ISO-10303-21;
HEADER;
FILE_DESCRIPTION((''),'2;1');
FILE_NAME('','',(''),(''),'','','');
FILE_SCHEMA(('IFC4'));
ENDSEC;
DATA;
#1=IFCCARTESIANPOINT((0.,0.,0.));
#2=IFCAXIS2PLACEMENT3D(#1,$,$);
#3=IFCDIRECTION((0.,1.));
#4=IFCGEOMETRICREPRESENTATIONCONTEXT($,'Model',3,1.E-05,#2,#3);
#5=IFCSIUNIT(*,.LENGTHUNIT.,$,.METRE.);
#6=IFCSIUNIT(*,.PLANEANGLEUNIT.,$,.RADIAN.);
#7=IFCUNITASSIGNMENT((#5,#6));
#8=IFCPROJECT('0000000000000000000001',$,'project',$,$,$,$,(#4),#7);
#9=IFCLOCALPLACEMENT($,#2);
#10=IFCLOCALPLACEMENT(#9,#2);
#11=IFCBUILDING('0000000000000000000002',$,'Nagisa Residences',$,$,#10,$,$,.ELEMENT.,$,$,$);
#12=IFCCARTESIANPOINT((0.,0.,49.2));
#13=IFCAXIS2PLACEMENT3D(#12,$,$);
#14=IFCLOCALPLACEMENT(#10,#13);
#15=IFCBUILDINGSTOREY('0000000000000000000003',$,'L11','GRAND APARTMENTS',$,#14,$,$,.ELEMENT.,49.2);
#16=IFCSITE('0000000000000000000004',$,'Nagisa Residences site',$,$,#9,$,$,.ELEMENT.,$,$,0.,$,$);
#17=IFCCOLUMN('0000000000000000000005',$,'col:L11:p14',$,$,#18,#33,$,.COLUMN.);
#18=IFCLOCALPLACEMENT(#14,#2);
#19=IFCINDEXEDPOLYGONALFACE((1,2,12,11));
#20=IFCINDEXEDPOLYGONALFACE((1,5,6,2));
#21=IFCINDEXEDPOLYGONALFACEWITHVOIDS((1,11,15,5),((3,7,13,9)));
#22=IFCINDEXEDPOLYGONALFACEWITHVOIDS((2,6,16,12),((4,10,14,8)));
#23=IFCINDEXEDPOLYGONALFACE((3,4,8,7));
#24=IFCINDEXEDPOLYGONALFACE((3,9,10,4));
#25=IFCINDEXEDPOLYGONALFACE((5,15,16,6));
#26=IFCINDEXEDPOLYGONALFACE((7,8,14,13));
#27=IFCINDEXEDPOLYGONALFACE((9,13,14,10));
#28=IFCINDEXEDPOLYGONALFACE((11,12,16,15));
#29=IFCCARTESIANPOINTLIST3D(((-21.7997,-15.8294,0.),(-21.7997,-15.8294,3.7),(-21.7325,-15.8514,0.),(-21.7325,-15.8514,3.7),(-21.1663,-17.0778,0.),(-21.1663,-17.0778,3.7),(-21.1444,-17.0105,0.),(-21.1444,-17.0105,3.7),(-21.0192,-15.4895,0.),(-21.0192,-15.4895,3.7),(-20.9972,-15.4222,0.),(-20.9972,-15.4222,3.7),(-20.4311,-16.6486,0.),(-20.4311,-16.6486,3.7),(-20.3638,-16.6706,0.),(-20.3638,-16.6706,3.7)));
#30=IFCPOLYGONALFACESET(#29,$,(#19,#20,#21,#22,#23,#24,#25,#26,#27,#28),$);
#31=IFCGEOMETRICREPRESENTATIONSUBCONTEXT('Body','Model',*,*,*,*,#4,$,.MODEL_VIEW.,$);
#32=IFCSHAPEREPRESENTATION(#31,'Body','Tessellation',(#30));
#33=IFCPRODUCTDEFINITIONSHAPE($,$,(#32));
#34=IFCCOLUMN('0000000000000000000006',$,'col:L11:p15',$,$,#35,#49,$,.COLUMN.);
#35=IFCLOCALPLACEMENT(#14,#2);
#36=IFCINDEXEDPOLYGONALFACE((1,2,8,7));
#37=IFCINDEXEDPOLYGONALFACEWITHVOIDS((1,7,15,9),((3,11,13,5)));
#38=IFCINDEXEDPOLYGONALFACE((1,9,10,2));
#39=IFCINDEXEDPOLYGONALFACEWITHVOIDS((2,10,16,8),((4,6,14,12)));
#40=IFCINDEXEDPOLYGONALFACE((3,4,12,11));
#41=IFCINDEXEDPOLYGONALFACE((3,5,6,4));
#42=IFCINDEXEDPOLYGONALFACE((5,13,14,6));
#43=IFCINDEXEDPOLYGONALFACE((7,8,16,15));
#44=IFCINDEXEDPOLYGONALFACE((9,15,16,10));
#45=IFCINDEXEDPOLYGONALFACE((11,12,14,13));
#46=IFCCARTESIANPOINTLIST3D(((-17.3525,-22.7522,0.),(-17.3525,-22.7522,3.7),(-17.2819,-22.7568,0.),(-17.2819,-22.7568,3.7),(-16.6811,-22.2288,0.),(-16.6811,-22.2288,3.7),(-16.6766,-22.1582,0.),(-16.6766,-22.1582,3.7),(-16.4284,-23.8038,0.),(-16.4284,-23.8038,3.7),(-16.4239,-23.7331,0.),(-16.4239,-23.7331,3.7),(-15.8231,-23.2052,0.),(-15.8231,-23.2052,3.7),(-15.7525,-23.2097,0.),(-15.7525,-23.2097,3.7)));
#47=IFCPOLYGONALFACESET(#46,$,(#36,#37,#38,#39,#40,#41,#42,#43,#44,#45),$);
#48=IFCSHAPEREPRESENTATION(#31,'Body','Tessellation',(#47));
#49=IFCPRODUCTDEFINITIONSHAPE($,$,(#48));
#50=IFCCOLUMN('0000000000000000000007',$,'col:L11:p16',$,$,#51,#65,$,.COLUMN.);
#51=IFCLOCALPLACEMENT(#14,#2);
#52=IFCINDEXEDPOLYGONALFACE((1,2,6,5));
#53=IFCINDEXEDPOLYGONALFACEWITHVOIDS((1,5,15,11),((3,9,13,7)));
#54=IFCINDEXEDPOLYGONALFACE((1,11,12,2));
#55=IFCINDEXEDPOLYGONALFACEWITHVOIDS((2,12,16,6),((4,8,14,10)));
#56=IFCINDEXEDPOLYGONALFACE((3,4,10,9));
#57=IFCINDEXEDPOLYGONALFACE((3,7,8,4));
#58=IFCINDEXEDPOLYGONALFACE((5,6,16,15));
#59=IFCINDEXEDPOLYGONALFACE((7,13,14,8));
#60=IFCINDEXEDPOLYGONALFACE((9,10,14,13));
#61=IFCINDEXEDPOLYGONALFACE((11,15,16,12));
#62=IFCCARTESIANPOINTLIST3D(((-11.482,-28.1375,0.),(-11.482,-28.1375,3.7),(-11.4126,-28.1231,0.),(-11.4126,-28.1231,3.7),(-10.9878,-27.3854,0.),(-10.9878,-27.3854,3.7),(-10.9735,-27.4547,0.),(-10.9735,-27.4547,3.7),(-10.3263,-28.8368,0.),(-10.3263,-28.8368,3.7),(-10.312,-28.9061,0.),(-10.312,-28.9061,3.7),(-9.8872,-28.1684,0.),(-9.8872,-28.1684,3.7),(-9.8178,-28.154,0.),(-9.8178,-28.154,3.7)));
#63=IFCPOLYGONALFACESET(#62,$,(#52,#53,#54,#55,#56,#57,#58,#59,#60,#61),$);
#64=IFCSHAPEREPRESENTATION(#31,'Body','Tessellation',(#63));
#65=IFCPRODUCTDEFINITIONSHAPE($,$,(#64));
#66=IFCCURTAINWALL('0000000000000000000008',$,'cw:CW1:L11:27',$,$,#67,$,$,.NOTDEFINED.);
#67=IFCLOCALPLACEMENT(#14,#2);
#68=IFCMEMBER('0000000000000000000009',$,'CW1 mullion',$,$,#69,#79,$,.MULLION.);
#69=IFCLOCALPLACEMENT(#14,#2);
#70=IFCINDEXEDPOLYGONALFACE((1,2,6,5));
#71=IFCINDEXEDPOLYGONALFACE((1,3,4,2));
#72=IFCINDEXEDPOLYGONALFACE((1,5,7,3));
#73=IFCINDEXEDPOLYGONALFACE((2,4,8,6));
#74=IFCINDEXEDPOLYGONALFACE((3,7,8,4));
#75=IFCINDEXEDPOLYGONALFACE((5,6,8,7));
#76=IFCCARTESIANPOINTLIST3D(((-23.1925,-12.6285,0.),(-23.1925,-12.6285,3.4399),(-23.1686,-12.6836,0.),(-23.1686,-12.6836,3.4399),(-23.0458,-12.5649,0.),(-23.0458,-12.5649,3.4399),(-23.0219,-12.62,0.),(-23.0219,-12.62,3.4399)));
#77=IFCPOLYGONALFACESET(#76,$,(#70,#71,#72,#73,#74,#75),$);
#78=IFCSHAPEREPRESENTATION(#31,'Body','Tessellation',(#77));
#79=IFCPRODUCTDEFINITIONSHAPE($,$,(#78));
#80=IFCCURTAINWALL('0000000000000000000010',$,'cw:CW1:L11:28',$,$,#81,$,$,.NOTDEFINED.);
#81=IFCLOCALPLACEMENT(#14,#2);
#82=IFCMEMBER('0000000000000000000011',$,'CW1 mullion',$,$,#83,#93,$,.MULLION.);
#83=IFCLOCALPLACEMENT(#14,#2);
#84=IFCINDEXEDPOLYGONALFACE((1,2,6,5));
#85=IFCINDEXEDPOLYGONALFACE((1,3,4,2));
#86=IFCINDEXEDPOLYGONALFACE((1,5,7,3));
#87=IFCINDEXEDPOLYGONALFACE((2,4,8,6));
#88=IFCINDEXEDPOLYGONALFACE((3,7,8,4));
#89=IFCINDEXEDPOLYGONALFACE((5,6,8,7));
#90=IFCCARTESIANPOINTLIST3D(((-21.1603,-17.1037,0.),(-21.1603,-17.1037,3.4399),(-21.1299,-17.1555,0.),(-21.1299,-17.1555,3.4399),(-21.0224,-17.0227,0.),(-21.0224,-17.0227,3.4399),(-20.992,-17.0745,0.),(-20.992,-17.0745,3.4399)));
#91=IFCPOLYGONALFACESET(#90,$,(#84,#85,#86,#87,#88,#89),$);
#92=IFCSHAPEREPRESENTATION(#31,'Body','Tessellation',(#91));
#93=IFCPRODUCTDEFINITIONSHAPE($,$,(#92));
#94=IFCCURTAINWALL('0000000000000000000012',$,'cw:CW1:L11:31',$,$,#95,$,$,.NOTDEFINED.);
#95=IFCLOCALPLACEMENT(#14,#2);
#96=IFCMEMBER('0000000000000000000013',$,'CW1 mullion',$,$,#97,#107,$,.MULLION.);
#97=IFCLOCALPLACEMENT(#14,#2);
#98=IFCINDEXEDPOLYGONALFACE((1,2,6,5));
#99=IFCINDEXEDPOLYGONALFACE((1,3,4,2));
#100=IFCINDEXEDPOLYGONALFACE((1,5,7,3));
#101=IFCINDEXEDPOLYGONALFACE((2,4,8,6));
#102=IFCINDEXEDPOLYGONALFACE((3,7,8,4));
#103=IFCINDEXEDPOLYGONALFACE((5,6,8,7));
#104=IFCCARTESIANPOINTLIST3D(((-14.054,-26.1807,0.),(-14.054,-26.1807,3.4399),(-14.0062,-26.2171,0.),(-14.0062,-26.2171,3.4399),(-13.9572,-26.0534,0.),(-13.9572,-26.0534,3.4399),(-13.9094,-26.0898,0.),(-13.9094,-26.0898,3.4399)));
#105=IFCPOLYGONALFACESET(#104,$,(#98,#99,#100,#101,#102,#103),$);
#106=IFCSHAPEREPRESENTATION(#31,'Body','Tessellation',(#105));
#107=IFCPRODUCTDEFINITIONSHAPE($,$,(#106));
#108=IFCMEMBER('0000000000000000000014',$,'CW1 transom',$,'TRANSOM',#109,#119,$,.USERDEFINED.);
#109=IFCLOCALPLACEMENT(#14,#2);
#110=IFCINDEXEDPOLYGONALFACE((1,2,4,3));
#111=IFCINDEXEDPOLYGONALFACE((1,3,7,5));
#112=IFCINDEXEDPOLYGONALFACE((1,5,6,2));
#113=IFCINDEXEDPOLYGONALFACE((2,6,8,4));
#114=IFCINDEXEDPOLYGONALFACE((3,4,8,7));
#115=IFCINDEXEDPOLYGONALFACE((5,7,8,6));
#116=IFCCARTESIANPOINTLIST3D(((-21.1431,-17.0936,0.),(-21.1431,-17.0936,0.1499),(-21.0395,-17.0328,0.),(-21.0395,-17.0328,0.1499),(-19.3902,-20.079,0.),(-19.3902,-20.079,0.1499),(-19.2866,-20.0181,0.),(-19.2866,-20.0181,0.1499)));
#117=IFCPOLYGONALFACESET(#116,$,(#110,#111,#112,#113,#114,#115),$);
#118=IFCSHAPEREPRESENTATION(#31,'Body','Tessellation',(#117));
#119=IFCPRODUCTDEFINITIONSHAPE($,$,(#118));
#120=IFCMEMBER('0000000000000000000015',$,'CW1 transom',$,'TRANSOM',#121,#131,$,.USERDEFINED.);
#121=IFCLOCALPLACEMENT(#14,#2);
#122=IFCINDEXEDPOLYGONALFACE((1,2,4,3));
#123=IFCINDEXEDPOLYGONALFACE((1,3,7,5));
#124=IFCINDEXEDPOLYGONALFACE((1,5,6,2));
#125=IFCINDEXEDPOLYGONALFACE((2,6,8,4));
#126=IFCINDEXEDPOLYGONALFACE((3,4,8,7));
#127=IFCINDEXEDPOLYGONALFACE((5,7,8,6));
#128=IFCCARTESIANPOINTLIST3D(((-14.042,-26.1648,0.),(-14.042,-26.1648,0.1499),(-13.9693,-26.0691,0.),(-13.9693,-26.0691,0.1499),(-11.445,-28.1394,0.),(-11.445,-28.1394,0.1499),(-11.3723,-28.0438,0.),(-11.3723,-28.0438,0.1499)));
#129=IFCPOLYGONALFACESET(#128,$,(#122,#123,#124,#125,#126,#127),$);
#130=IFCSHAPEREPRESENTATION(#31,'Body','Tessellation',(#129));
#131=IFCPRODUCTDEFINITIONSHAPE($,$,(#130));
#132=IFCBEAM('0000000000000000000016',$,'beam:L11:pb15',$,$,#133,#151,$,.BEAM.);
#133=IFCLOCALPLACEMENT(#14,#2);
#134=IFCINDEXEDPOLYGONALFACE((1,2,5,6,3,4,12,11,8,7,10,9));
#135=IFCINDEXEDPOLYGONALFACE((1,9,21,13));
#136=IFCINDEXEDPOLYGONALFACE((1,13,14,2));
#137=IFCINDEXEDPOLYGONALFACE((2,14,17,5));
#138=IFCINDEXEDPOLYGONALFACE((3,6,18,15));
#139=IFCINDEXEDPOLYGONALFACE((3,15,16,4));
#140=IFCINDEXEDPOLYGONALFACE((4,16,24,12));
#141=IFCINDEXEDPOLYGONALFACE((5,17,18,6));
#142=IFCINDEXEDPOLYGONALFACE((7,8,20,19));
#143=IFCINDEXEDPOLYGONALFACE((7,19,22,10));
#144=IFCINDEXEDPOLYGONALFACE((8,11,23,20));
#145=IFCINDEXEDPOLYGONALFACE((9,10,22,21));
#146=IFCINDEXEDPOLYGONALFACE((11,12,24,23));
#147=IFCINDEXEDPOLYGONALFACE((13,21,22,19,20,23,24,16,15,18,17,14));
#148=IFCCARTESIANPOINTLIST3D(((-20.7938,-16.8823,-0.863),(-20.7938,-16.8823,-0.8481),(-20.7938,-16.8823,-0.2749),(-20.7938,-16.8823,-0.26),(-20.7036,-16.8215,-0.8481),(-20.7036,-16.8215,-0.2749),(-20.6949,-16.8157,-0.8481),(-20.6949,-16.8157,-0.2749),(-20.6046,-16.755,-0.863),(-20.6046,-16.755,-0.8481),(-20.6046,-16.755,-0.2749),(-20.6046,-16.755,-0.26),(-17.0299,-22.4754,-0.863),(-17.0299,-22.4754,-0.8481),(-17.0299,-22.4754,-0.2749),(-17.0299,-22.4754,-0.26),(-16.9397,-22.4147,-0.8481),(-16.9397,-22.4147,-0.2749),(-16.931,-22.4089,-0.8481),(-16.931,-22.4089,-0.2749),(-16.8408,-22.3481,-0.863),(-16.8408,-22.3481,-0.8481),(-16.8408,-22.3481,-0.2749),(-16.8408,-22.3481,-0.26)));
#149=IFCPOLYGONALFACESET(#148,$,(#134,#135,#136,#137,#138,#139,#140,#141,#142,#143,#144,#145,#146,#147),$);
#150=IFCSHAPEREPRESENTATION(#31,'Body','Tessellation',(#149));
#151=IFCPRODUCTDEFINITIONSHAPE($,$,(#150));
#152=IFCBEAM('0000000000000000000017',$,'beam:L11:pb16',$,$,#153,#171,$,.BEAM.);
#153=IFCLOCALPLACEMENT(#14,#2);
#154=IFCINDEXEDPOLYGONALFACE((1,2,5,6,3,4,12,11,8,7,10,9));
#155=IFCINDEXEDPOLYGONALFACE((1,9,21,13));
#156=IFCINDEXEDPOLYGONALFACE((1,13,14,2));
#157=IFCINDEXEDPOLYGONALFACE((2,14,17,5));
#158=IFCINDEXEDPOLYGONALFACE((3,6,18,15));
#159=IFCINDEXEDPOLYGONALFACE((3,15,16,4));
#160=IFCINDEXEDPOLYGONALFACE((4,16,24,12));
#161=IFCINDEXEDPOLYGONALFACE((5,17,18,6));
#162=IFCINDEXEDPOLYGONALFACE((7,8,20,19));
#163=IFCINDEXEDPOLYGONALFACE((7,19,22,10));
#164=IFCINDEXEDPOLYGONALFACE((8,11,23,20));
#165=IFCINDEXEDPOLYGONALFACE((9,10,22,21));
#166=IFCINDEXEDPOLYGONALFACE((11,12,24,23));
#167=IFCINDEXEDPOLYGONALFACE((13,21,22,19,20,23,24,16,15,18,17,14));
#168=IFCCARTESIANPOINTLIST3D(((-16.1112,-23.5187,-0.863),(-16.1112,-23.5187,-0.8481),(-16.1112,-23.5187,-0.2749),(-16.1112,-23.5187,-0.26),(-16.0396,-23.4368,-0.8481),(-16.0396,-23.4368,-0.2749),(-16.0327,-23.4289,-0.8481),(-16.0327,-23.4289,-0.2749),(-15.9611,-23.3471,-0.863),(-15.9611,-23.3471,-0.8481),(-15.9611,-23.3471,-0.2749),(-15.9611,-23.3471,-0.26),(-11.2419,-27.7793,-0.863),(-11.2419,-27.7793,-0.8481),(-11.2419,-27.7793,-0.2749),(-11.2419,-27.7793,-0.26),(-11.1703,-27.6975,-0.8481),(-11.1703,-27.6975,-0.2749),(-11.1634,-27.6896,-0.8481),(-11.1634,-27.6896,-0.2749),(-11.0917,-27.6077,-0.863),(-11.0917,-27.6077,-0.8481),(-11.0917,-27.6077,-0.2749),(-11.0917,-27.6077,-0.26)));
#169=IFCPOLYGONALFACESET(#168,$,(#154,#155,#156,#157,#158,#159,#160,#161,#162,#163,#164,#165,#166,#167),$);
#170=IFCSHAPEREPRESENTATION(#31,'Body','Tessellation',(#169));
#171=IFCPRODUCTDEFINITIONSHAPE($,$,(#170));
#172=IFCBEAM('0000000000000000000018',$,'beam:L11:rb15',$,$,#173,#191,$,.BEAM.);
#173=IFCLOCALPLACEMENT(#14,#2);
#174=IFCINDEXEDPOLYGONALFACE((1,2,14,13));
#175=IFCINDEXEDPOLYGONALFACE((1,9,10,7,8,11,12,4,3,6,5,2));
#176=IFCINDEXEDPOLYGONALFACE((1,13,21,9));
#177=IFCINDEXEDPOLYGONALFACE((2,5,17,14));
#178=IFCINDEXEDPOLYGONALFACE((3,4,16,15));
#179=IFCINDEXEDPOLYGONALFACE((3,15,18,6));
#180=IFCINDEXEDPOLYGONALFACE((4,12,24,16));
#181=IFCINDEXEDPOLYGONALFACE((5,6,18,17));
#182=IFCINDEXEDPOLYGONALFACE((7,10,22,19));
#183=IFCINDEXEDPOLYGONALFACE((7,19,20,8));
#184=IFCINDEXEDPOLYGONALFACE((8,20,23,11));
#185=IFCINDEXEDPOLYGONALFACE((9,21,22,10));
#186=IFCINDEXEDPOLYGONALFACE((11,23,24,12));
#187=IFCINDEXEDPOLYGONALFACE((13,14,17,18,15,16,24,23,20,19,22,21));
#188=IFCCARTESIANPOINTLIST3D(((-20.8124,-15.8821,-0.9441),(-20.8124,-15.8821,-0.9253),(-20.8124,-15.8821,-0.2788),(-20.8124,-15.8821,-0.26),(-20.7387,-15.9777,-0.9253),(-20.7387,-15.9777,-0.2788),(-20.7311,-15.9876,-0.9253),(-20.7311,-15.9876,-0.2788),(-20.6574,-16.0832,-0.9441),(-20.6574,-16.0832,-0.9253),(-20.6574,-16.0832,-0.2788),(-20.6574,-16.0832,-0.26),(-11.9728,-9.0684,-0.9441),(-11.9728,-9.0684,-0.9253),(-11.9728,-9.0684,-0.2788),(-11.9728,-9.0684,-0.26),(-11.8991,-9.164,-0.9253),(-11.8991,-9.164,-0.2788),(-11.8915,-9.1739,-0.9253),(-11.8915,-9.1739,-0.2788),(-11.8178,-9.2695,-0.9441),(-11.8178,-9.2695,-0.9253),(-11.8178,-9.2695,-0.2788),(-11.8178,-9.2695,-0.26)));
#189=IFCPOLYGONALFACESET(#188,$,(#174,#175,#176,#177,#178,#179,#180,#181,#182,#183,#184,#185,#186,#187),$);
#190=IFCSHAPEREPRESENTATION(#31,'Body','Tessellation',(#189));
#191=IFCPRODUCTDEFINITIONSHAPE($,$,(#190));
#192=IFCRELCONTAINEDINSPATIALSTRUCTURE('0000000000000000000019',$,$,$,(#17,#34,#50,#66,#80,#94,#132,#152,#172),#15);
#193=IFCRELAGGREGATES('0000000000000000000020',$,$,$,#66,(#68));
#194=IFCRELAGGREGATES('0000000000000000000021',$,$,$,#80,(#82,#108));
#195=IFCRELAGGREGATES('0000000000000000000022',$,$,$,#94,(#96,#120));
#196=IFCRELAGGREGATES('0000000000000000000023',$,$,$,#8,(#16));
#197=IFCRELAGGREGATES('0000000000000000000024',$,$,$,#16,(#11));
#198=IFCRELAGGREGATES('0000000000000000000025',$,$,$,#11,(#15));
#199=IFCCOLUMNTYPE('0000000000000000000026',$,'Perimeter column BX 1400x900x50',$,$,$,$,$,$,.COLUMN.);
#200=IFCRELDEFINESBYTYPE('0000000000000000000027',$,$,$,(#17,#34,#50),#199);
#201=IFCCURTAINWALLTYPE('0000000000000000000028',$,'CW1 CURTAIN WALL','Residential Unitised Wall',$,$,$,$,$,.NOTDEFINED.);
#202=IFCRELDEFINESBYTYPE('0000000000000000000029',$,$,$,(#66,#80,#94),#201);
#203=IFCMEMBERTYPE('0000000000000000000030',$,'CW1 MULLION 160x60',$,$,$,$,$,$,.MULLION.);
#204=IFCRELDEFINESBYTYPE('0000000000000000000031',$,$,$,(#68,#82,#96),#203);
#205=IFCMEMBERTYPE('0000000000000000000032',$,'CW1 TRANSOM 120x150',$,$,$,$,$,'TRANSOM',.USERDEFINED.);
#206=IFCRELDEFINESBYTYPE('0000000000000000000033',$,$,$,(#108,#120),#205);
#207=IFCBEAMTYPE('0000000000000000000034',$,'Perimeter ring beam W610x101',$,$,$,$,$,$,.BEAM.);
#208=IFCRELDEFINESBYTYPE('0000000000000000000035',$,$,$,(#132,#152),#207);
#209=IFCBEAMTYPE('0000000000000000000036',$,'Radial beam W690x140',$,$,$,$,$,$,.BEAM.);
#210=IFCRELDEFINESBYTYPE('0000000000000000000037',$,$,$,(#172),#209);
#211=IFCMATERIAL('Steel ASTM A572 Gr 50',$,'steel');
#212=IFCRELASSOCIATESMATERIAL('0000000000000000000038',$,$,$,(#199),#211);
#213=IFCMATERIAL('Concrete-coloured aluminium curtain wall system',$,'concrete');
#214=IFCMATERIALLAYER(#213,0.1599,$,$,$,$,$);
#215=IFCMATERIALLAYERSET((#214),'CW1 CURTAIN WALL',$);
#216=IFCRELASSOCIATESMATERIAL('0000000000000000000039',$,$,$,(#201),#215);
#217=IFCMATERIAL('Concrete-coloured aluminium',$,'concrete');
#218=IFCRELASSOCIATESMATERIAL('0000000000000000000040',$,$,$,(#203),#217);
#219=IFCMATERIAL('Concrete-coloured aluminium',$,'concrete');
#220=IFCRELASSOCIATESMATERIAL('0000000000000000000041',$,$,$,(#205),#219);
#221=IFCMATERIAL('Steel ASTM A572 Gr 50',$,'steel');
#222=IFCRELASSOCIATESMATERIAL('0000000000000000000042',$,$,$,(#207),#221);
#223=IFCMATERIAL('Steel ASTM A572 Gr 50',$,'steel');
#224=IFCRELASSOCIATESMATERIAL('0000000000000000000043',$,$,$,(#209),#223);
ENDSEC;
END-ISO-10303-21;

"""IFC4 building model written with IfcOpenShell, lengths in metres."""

from ifc_helpers import new_model, si_unit, direction, frame, origin, origin_2d, place, context, subcontext, project, spatial, rectangle, hollow_rectangle, i_section, extrude, material, layer, layer_set, material_profile, profile_set, type_object, element, aggregate, save


model = new_model("IFC4")

# Units and contexts
model_context = context("Model", 3, precision=1e-05, world=origin(), true_north=direction((0.0, 1.0)))
body_context = subcontext(model_context, "Body", "Model", "MODEL_VIEW")
ifc_project = project(units=[si_unit("LENGTHUNIT", "METRE"), si_unit("PLANEANGLEUNIT", "RADIAN")], contexts=[model_context])

# Site, building, storey
site_placement = place(None, origin())
site = spatial("IfcSite", under=ifc_project, at=site_placement, Name="Nagisa Residences site", CompositionType="ELEMENT", RefElevation=0.0)
building_placement = place(site_placement, origin())
building = spatial("IfcBuilding", under=site, at=building_placement, Name="Nagisa Residences", CompositionType="ELEMENT")
storey_placement = place(building_placement, frame((0.0, 0.0, 49.2)))
storey = spatial("IfcBuildingStorey", under=building, at=storey_placement, Name="L11", Description="GRAND APARTMENTS", CompositionType="ELEMENT", Elevation=49.2)

# Columns
ifc_material_1 = material(Name="Steel ASTM A572 Gr 50", Category="steel")
ifc_material_profile_1 = material_profile(ifc_material_1, hollow_rectangle(XDim=1.3999, YDim=0.8999, WallThickness=0.05, at=origin_2d()), Name="BX 1400x900x50")
ifc_profile_set_1 = profile_set([ifc_material_profile_1], Name="Steel ASTM A572 Gr 50")
column_type = type_object("IfcColumnType", Name="Perimeter column BX 1400x900x50", PredefinedType="COLUMN", material=ifc_profile_set_1)
for number, where, z_axis, x_axis, name in (
    (1, (-21.0818, -16.25, 0.0), (0.0, 0.0, 1.0), (0.452463, -0.891783, 0.0), "col:L11:p14"),
    (2, (-16.5525, -22.981, 0.0), (0.0, 0.0, 1.0), (0.660115, -0.751165, 0.0), "col:L11:p15"),
    (3, (-10.6499, -28.1458, 0.0), (0.0, 0.0, 1.0), (0.835766, -0.549086, 0.0), "col:L11:p16"),
):
    element("IfcColumn", number, at=place(storey_placement, frame(where, z_axis=z_axis, x_axis=x_axis)), inside=storey, type_object=column_type, Name=name, PredefinedType="COLUMN", context=body_context, shape_type="SweptSolid", body=[
        extrude(hollow_rectangle(XDim=1.3999, YDim=0.8999, WallThickness=0.05, at=origin_2d()), origin(), (0.0, 0.0, 1.0), 3.7),
    ])

# Curtain walls, members
ifc_material_2 = material(Name="Concrete-coloured aluminium curtain wall system", Category="concrete")
ifc_layer_1 = layer(ifc_material_2, 0.1599)
ifc_layer_set_1 = layer_set([ifc_layer_1], Name="CW1 CURTAIN WALL")
curtain_wall_type = type_object("IfcCurtainWallType", Name="CW1 CURTAIN WALL", Description="Residential Unitised Wall", PredefinedType="NOTDEFINED", material=ifc_layer_set_1)
curtain_wall_1_placement = place(storey_placement, origin())
curtain_wall_1 = element("IfcCurtainWall", 4, at=curtain_wall_1_placement, inside=storey, type_object=curtain_wall_type, Name="cw:CW1:L11:27", PredefinedType="NOTDEFINED")
ifc_material_3 = material(Name="Concrete-coloured aluminium", Category="concrete")
ifc_material_profile_2 = material_profile(ifc_material_3, rectangle(XDim=0.1599, YDim=0.0601, at=origin_2d()), Name="CW1 MULLION 160x60")
ifc_profile_set_2 = profile_set([ifc_material_profile_2], Name="Concrete-coloured aluminium")
member_type_1 = type_object("IfcMemberType", Name="CW1 MULLION 160x60", PredefinedType="MULLION", material=ifc_profile_set_2)
member_1_placement = place(storey_placement, frame((-23.1072, -12.6243, 0.0), z_axis=(0.0, 0.0, 1.0), x_axis=(0.917543, 0.397636, 0.0)))
member_1 = element("IfcMember", 5, at=member_1_placement, type_object=member_type_1, Name="CW1 mullion", PredefinedType="MULLION", context=body_context, shape_type="SweptSolid", body=[
    extrude(rectangle(XDim=0.1599, YDim=0.0601, at=origin_2d()), origin(), (0.0, 0.0, 1.0), 3.4399),
])
curtain_wall_2_placement = place(storey_placement, origin())
curtain_wall_2 = element("IfcCurtainWall", 6, at=curtain_wall_2_placement, inside=storey, type_object=curtain_wall_type, Name="cw:CW1:L11:28", PredefinedType="NOTDEFINED")
member_2_placement = place(storey_placement, frame((-21.0762, -17.0891, 0.0), z_axis=(0.0, 0.0, 1.0), x_axis=(0.862329, 0.506349, 0.0)))
member_2 = element("IfcMember", 7, at=member_2_placement, type_object=member_type_1, Name="CW1 mullion", PredefinedType="MULLION", context=body_context, shape_type="SweptSolid", body=[
    extrude(rectangle(XDim=0.1599, YDim=0.0601, at=origin_2d()), origin(), (0.0, 0.0, 1.0), 3.4399),
])
curtain_wall_3_placement = place(storey_placement, origin())
curtain_wall_3 = element("IfcCurtainWall", 8, at=curtain_wall_3_placement, inside=storey, type_object=curtain_wall_type, Name="cw:CW1:L11:31", PredefinedType="NOTDEFINED")
member_3_placement = place(storey_placement, frame((-13.9817, -26.1353, 0.0), z_axis=(0.0, 0.0, 1.0), x_axis=(0.605255, 0.796031, 0.0)))
member_3 = element("IfcMember", 9, at=member_3_placement, type_object=member_type_1, Name="CW1 mullion", PredefinedType="MULLION", context=body_context, shape_type="SweptSolid", body=[
    extrude(rectangle(XDim=0.1599, YDim=0.0601, at=origin_2d()), origin(), (0.0, 0.0, 1.0), 3.4399),
])

# Members
ifc_material_4 = material(Name="Concrete-coloured aluminium", Category="concrete")
ifc_material_profile_3 = material_profile(ifc_material_4, rectangle(XDim=0.1201, YDim=0.1499, at=origin_2d()), Name="CW1 TRANSOM 120x150")
ifc_profile_set_3 = profile_set([ifc_material_profile_3], Name="Concrete-coloured aluminium")
member_type_2 = type_object("IfcMemberType", Name="CW1 TRANSOM 120x150", ElementType="TRANSOM", PredefinedType="USERDEFINED", material=ifc_profile_set_3)
member_4_placement = place(storey_placement, frame((-21.0913, -17.0632, 0.075), z_axis=(0.506342, -0.862333, 0.0), x_axis=(0.862333, 0.506342, 0.0)))
member_4 = element("IfcMember", 10, at=member_4_placement, type_object=member_type_2, Name="CW1 transom", ObjectType="TRANSOM", PredefinedType="USERDEFINED", context=body_context, shape_type="SweptSolid", body=[
    extrude(rectangle(XDim=0.1201, YDim=0.1499, at=origin_2d()), origin(), (0.0, 0.0, 1.0), 3.4619),
])
member_5_placement = place(storey_placement, frame((-14.0056, -26.1169, 0.075), z_axis=(0.796022, -0.605267, 0.0), x_axis=(0.605267, 0.796022, 0.0)))
member_5 = element("IfcMember", 11, at=member_5_placement, type_object=member_type_2, Name="CW1 transom", ObjectType="TRANSOM", PredefinedType="USERDEFINED", context=body_context, shape_type="SweptSolid", body=[
    extrude(rectangle(XDim=0.1201, YDim=0.1499, at=origin_2d()), origin(), (0.0, 0.0, 1.0), 3.2625),
])

# Beams
ifc_material_5 = material(Name="Steel ASTM A572 Gr 50", Category="steel")
ifc_material_profile_4 = material_profile(ifc_material_5, i_section(OverallWidth=0.228, OverallDepth=0.603, WebThickness=0.0105, FlangeThickness=0.0149, at=origin_2d()), Name="W610x101")
ifc_profile_set_4 = profile_set([ifc_material_profile_4], Name="Steel ASTM A572 Gr 50")
beam_type_1 = type_object("IfcBeamType", Name="Perimeter ring beam W610x101", PredefinedType="BEAM", material=ifc_profile_set_4)
beam_1_placement = place(storey_placement, frame((-20.6992, -16.8186, -0.5615), z_axis=(0.558297, -0.829641, 0.0), x_axis=(0.829641, 0.558297, 0.0)))
element("IfcBeam", 12, at=beam_1_placement, inside=storey, type_object=beam_type_1, Name="beam:L11:pb15", PredefinedType="BEAM", context=body_context, shape_type="SweptSolid", body=[
    extrude(i_section(OverallWidth=0.228, OverallDepth=0.603, WebThickness=0.0105, FlangeThickness=0.0149, at=origin_2d()), origin(), (0.0, 0.0, 1.0), 6.7417),
])
beam_2_placement = place(storey_placement, frame((-16.0361, -23.4329, -0.5615), z_axis=(0.752574, -0.658507, 0.0), x_axis=(0.658507, 0.752574, 0.0)))
element("IfcBeam", 13, at=beam_2_placement, inside=storey, type_object=beam_type_1, Name="beam:L11:pb16", PredefinedType="BEAM", context=body_context, shape_type="SweptSolid", body=[
    extrude(i_section(OverallWidth=0.228, OverallDepth=0.603, WebThickness=0.0105, FlangeThickness=0.0149, at=origin_2d()), origin(), (0.0, 0.0, 1.0), 6.4702),
])
ifc_material_6 = material(Name="Steel ASTM A572 Gr 50", Category="steel")
ifc_material_profile_5 = material_profile(ifc_material_6, i_section(OverallWidth=0.2539, OverallDepth=0.6841, WebThickness=0.0125, FlangeThickness=0.0188, at=origin_2d()), Name="W690x140")
ifc_profile_set_5 = profile_set([ifc_material_profile_5], Name="Steel ASTM A572 Gr 50")
beam_type_2 = type_object("IfcBeamType", Name="Radial beam W690x140", PredefinedType="BEAM", material=ifc_profile_set_5)
beam_3_placement = place(storey_placement, frame((-20.7349, -15.9827, -0.6021), z_axis=(0.792016, 0.6105, 0.0), x_axis=(-0.6105, 0.792016, 0.0)))
element("IfcBeam", 14, at=beam_3_placement, inside=storey, type_object=beam_type_2, Name="beam:L11:rb15", PredefinedType="BEAM", context=body_context, shape_type="SweptSolid", body=[
    extrude(i_section(OverallWidth=0.2539, OverallDepth=0.6841, WebThickness=0.0125, FlangeThickness=0.0188, at=origin_2d()), origin(), (0.0, 0.0, 1.0), 11.1609),
])

aggregate(curtain_wall_1, [member_1])
aggregate(curtain_wall_2, [member_2, member_4])
aggregate(curtain_wall_3, [member_3, member_5])

save(model, "model.ifc")
